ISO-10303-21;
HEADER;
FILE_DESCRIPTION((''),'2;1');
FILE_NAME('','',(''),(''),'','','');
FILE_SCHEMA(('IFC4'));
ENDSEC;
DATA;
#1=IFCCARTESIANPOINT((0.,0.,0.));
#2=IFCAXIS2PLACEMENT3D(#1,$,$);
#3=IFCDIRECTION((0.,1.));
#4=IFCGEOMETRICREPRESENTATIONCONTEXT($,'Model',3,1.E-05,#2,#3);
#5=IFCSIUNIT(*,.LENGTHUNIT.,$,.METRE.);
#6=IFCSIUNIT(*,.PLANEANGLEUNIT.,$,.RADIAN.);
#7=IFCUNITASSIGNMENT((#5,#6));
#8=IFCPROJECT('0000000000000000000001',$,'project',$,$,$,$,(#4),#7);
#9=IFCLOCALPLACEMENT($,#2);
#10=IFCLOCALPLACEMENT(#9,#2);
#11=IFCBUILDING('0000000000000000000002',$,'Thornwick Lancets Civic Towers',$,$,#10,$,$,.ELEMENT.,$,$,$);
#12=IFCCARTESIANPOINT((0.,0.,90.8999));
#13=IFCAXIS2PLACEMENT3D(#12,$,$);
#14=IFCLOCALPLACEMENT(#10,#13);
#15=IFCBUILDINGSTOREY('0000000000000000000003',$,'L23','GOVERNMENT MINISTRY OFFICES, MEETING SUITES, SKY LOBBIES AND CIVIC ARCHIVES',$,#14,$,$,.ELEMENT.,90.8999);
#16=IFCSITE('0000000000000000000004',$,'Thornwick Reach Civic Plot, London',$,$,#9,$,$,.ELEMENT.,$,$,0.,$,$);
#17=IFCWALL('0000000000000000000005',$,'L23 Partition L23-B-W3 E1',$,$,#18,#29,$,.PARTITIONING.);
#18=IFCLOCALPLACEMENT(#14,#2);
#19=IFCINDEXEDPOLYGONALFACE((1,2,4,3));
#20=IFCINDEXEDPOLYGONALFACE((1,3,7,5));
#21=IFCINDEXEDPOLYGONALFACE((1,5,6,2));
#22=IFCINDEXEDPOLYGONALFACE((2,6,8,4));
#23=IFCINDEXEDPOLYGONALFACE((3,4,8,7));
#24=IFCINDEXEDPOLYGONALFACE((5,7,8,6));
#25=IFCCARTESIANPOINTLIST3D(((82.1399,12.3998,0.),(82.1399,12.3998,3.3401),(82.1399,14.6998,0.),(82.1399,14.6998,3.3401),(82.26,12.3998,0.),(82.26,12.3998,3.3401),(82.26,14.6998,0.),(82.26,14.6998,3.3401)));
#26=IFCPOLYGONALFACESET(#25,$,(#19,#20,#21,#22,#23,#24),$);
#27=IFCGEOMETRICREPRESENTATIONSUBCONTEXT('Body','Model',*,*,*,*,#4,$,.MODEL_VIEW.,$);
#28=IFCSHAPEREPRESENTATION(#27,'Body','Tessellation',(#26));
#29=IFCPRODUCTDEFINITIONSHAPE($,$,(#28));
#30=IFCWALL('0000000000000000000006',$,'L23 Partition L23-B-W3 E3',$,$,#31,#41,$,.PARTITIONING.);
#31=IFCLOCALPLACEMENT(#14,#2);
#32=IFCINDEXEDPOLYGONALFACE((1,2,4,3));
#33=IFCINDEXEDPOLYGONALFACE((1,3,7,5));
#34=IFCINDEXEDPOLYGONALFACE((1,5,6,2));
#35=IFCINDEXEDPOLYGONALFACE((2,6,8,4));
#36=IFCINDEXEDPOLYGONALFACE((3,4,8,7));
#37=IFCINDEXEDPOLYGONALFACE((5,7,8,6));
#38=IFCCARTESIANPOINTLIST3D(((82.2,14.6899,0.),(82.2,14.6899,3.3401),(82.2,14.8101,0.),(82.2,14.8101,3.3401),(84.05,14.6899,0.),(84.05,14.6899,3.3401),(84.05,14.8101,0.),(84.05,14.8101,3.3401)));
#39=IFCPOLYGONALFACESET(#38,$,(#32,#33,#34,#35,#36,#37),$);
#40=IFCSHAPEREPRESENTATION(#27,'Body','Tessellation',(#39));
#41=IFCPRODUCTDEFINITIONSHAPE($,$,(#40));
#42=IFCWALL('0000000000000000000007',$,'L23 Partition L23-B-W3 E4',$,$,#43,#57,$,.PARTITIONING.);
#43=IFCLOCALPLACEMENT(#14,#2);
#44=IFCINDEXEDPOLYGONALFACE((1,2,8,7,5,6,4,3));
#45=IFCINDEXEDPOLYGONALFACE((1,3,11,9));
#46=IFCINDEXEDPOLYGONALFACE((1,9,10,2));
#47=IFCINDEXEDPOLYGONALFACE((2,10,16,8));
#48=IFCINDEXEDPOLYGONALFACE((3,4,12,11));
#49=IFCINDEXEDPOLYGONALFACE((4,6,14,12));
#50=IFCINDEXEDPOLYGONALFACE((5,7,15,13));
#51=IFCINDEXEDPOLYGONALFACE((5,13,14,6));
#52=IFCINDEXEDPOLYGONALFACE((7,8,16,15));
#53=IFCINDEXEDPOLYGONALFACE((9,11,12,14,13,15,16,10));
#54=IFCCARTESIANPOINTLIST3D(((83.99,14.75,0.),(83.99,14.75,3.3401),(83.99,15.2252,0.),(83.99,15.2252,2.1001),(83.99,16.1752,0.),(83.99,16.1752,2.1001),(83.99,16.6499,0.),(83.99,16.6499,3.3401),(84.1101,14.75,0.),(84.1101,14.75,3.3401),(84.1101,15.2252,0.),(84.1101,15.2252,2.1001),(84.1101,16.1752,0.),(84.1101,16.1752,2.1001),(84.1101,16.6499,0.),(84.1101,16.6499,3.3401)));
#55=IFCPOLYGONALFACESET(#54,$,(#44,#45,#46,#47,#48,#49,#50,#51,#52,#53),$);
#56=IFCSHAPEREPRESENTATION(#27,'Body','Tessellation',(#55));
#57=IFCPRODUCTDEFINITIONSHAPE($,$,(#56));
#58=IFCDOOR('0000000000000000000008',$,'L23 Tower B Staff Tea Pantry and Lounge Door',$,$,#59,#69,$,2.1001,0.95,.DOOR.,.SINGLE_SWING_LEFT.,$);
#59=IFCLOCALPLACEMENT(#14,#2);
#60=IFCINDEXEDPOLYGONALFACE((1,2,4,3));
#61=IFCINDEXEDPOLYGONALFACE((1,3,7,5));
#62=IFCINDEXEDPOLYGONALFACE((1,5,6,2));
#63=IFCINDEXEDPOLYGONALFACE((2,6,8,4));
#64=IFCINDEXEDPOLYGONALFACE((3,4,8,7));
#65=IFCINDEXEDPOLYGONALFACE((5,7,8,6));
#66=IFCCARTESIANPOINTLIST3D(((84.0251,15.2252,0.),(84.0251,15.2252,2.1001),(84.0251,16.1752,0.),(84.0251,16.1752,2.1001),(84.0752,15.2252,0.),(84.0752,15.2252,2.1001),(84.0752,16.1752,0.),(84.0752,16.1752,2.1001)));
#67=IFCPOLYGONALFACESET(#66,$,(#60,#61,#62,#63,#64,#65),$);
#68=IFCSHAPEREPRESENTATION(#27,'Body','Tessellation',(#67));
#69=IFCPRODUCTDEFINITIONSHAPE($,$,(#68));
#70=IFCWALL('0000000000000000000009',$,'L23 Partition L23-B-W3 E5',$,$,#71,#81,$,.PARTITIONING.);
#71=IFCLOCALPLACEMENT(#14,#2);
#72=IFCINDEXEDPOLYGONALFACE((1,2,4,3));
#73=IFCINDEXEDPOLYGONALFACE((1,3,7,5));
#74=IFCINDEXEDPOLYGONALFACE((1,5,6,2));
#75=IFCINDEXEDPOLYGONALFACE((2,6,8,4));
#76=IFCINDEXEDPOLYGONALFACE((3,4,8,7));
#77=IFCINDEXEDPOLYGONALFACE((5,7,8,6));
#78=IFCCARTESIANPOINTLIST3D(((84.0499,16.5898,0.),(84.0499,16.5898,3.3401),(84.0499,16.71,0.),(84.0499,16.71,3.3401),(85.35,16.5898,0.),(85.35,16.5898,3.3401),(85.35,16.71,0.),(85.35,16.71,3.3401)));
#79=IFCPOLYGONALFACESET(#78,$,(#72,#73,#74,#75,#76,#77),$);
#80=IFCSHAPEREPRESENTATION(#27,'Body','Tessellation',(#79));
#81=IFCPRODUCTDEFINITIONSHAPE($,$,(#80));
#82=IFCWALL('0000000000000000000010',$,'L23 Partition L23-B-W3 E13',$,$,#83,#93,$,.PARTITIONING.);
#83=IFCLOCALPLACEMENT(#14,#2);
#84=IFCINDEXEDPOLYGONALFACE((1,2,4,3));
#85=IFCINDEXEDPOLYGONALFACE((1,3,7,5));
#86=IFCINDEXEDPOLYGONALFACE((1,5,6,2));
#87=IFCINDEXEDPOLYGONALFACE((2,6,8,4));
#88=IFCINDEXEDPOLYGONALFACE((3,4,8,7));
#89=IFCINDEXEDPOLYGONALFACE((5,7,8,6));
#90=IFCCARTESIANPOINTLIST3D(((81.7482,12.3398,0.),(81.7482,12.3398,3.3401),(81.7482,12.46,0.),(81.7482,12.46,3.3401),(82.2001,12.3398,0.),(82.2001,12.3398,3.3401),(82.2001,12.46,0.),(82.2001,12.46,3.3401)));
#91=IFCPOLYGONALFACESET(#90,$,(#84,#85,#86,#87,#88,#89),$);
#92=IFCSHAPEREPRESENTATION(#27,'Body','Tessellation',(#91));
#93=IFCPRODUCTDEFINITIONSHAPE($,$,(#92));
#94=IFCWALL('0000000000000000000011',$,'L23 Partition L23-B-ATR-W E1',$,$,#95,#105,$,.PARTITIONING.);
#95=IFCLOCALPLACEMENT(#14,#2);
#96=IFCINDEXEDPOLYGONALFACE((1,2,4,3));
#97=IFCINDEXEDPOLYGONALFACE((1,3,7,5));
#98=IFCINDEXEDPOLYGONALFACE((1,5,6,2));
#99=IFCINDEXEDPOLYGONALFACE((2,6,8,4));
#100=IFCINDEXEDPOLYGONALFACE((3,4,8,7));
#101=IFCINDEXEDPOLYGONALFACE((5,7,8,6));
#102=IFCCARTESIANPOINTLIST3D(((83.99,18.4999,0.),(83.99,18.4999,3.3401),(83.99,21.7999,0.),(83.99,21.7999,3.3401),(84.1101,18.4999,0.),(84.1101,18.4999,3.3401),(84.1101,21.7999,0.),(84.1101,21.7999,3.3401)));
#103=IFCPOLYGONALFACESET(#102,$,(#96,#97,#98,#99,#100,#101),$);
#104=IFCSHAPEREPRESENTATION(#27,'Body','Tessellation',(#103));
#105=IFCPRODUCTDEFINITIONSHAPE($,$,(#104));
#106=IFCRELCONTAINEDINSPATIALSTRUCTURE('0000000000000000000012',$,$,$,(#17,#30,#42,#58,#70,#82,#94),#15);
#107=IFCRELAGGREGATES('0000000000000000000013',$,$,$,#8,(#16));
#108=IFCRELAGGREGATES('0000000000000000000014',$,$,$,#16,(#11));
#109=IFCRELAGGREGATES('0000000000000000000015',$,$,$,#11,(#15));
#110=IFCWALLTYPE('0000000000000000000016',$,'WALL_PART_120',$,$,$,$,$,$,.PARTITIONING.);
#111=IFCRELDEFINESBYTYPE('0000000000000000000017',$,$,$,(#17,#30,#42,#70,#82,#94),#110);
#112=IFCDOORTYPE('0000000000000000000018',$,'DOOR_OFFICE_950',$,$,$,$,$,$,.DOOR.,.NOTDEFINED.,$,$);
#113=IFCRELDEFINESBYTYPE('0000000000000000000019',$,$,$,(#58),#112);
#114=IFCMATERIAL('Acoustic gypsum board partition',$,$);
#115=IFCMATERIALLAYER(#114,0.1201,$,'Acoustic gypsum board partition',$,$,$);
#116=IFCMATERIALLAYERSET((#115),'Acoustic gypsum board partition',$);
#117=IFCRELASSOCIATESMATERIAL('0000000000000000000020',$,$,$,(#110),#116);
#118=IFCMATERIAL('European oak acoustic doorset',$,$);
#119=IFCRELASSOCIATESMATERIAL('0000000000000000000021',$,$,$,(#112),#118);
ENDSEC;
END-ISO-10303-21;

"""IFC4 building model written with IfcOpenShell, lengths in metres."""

from ifc_helpers import new_model, si_unit, direction, frame, frame_2d, origin, place, context, subcontext, project, spatial, rectangle, extrude, material, layer, layer_set, type_object, element, fill, save


model = new_model("IFC4")

# Units and contexts
model_context = context("Model", 3, precision=1e-05, world=origin(), true_north=direction((0.0, 1.0)))
body_context = subcontext(model_context, "Body", "Model", "MODEL_VIEW")
ifc_project = project(units=[si_unit("LENGTHUNIT", "METRE"), si_unit("PLANEANGLEUNIT", "RADIAN")], contexts=[model_context])

# Site, building, storey
site_placement = place(None, origin())
site = spatial("IfcSite", under=ifc_project, at=site_placement, Name="Thornwick Reach Civic Plot, London", CompositionType="ELEMENT", RefElevation=0.0)
building_placement = place(site_placement, origin())
building = spatial("IfcBuilding", under=site, at=building_placement, Name="Thornwick Lancets Civic Towers", CompositionType="ELEMENT")
storey_placement = place(building_placement, frame((0.0, 0.0, 90.8999)))
storey = spatial("IfcBuildingStorey", under=building, at=storey_placement, Name="L23", Description="GOVERNMENT MINISTRY OFFICES, MEETING SUITES, SKY LOBBIES AND CIVIC ARCHIVES", CompositionType="ELEMENT", Elevation=90.8999)

# Walls
ifc_material_1 = material(Name="Acoustic gypsum board partition")
ifc_layer_1 = layer(ifc_material_1, 0.1201, Name="Acoustic gypsum board partition")
ifc_layer_set_1 = layer_set([ifc_layer_1], Name="Acoustic gypsum board partition")
wall_type_1 = type_object("IfcWallType", Name="WALL_PART_120", PredefinedType="PARTITIONING", material=ifc_layer_set_1)
wall_1_placement = place(storey_placement, frame((82.2, 12.3999, 0.0), z_axis=(0.0, 0.0, 1.0), x_axis=(0.0, 1.0, 0.0)))
element("IfcWall", 1, at=wall_1_placement, inside=storey, type_object=wall_type_1, Name="L23 Partition L23-B-W3 E1", PredefinedType="PARTITIONING", context=body_context, shape_type="SweptSolid", body=[
    extrude(rectangle(XDim=2.3, YDim=0.1201, at=frame_2d((1.1499, 0.0))), origin(), (0.0, 0.0, 1.0), 3.3401),
])
wall_2_placement = place(storey_placement, frame((82.2, 14.75, 0.0), z_axis=(0.0, 0.0, 1.0), x_axis=(1.0, 0.0, 0.0)))
element("IfcWall", 2, at=wall_2_placement, inside=storey, type_object=wall_type_1, Name="L23 Partition L23-B-W3 E3", PredefinedType="PARTITIONING", context=body_context, shape_type="SweptSolid", body=[
    extrude(rectangle(XDim=1.8501, YDim=0.1201, at=frame_2d((0.925, 0.0))), origin(), (0.0, 0.0, 1.0), 3.3401),
])

# Wall, opening, door
wall_3_placement = place(storey_placement, frame((84.05, 14.75, 0.0), z_axis=(0.0, 0.0, 1.0), x_axis=(0.0, 1.0, 0.0)))
wall_3 = element("IfcWall", 3, at=wall_3_placement, inside=storey, type_object=wall_type_1, Name="L23 Partition L23-B-W3 E4", PredefinedType="PARTITIONING", context=body_context, shape_type="SweptSolid", body=[
    extrude(rectangle(XDim=1.8999, YDim=0.1201, at=frame_2d((0.95, 0.0))), origin(), (0.0, 0.0, 1.0), 3.3401),
])
opening_1_placement = place(wall_3_placement, frame((0.4751, 0.0, 0.0)))
opening_1 = element("IfcOpeningElement", 4, at=opening_1_placement, cuts=wall_3, PredefinedType="OPENING", context=body_context, shape_type="SweptSolid", body=[
    extrude(rectangle(XDim=0.95, YDim=2.1001, at=frame_2d((0.4751, 1.05))), frame((0.0, 0.0701, 0.0), z_axis=(0.0, -1.0, 0.0), x_axis=(1.0, 0.0, 0.0)), (0.0, 0.0, 1.0), 0.1401),
])
ifc_material_2 = material(Name="European oak acoustic doorset")
door_type_1 = type_object("IfcDoorType", Name="DOOR_OFFICE_950", OperationType="NOTDEFINED", PredefinedType="DOOR", material=ifc_material_2)
door_1_placement = place(opening_1_placement, origin())
door_1 = element("IfcDoor", 5, at=door_1_placement, inside=storey, type_object=door_type_1, Name="L23 Tower B Staff Tea Pantry and Lounge Door", OperationType="SINGLE_SWING_LEFT", OverallHeight=2.1001, OverallWidth=0.95, PredefinedType="DOOR", context=body_context, shape_type="SweptSolid", body=[
    extrude(rectangle(XDim=0.95, YDim=2.1001, at=frame_2d((0.4751, 1.05))), frame((0.0, 0.0249, 0.0), z_axis=(0.0, -1.0, 0.0), x_axis=(1.0, 0.0, 0.0)), (0.0, 0.0, 1.0), 0.05),
])
fill(opening_1, door_1)

# Walls
wall_4_placement = place(storey_placement, frame((84.05, 16.6499, 0.0), z_axis=(0.0, 0.0, 1.0), x_axis=(1.0, 0.0, 0.0)))
element("IfcWall", 6, at=wall_4_placement, inside=storey, type_object=wall_type_1, Name="L23 Partition L23-B-W3 E5", PredefinedType="PARTITIONING", context=body_context, shape_type="SweptSolid", body=[
    extrude(rectangle(XDim=1.3, YDim=0.1201, at=frame_2d((0.6499, 0.0))), origin(), (0.0, 0.0, 1.0), 3.3401),
])
wall_5_placement = place(storey_placement, frame((81.748, 12.3999, 0.0), z_axis=(0.0, 0.0, 1.0), x_axis=(1.0, 0.0, 0.0)))
element("IfcWall", 7, at=wall_5_placement, inside=storey, type_object=wall_type_1, Name="L23 Partition L23-B-W3 E13", PredefinedType="PARTITIONING", context=body_context, shape_type="SweptSolid", body=[
    extrude(rectangle(XDim=0.4519, YDim=0.1201, at=frame_2d((0.2261, 0.0))), origin(), (0.0, 0.0, 1.0), 3.3401),
])
wall_6_placement = place(storey_placement, frame((84.05, 18.5, 0.0), z_axis=(0.0, 0.0, 1.0), x_axis=(0.0, 1.0, 0.0)))
element("IfcWall", 8, at=wall_6_placement, inside=storey, type_object=wall_type_1, Name="L23 Partition L23-B-ATR-W E1", PredefinedType="PARTITIONING", context=body_context, shape_type="SweptSolid", body=[
    extrude(rectangle(XDim=3.3, YDim=0.1201, at=frame_2d((1.6499, 0.0))), origin(), (0.0, 0.0, 1.0), 3.3401),
])

save(model, "model.ifc")
